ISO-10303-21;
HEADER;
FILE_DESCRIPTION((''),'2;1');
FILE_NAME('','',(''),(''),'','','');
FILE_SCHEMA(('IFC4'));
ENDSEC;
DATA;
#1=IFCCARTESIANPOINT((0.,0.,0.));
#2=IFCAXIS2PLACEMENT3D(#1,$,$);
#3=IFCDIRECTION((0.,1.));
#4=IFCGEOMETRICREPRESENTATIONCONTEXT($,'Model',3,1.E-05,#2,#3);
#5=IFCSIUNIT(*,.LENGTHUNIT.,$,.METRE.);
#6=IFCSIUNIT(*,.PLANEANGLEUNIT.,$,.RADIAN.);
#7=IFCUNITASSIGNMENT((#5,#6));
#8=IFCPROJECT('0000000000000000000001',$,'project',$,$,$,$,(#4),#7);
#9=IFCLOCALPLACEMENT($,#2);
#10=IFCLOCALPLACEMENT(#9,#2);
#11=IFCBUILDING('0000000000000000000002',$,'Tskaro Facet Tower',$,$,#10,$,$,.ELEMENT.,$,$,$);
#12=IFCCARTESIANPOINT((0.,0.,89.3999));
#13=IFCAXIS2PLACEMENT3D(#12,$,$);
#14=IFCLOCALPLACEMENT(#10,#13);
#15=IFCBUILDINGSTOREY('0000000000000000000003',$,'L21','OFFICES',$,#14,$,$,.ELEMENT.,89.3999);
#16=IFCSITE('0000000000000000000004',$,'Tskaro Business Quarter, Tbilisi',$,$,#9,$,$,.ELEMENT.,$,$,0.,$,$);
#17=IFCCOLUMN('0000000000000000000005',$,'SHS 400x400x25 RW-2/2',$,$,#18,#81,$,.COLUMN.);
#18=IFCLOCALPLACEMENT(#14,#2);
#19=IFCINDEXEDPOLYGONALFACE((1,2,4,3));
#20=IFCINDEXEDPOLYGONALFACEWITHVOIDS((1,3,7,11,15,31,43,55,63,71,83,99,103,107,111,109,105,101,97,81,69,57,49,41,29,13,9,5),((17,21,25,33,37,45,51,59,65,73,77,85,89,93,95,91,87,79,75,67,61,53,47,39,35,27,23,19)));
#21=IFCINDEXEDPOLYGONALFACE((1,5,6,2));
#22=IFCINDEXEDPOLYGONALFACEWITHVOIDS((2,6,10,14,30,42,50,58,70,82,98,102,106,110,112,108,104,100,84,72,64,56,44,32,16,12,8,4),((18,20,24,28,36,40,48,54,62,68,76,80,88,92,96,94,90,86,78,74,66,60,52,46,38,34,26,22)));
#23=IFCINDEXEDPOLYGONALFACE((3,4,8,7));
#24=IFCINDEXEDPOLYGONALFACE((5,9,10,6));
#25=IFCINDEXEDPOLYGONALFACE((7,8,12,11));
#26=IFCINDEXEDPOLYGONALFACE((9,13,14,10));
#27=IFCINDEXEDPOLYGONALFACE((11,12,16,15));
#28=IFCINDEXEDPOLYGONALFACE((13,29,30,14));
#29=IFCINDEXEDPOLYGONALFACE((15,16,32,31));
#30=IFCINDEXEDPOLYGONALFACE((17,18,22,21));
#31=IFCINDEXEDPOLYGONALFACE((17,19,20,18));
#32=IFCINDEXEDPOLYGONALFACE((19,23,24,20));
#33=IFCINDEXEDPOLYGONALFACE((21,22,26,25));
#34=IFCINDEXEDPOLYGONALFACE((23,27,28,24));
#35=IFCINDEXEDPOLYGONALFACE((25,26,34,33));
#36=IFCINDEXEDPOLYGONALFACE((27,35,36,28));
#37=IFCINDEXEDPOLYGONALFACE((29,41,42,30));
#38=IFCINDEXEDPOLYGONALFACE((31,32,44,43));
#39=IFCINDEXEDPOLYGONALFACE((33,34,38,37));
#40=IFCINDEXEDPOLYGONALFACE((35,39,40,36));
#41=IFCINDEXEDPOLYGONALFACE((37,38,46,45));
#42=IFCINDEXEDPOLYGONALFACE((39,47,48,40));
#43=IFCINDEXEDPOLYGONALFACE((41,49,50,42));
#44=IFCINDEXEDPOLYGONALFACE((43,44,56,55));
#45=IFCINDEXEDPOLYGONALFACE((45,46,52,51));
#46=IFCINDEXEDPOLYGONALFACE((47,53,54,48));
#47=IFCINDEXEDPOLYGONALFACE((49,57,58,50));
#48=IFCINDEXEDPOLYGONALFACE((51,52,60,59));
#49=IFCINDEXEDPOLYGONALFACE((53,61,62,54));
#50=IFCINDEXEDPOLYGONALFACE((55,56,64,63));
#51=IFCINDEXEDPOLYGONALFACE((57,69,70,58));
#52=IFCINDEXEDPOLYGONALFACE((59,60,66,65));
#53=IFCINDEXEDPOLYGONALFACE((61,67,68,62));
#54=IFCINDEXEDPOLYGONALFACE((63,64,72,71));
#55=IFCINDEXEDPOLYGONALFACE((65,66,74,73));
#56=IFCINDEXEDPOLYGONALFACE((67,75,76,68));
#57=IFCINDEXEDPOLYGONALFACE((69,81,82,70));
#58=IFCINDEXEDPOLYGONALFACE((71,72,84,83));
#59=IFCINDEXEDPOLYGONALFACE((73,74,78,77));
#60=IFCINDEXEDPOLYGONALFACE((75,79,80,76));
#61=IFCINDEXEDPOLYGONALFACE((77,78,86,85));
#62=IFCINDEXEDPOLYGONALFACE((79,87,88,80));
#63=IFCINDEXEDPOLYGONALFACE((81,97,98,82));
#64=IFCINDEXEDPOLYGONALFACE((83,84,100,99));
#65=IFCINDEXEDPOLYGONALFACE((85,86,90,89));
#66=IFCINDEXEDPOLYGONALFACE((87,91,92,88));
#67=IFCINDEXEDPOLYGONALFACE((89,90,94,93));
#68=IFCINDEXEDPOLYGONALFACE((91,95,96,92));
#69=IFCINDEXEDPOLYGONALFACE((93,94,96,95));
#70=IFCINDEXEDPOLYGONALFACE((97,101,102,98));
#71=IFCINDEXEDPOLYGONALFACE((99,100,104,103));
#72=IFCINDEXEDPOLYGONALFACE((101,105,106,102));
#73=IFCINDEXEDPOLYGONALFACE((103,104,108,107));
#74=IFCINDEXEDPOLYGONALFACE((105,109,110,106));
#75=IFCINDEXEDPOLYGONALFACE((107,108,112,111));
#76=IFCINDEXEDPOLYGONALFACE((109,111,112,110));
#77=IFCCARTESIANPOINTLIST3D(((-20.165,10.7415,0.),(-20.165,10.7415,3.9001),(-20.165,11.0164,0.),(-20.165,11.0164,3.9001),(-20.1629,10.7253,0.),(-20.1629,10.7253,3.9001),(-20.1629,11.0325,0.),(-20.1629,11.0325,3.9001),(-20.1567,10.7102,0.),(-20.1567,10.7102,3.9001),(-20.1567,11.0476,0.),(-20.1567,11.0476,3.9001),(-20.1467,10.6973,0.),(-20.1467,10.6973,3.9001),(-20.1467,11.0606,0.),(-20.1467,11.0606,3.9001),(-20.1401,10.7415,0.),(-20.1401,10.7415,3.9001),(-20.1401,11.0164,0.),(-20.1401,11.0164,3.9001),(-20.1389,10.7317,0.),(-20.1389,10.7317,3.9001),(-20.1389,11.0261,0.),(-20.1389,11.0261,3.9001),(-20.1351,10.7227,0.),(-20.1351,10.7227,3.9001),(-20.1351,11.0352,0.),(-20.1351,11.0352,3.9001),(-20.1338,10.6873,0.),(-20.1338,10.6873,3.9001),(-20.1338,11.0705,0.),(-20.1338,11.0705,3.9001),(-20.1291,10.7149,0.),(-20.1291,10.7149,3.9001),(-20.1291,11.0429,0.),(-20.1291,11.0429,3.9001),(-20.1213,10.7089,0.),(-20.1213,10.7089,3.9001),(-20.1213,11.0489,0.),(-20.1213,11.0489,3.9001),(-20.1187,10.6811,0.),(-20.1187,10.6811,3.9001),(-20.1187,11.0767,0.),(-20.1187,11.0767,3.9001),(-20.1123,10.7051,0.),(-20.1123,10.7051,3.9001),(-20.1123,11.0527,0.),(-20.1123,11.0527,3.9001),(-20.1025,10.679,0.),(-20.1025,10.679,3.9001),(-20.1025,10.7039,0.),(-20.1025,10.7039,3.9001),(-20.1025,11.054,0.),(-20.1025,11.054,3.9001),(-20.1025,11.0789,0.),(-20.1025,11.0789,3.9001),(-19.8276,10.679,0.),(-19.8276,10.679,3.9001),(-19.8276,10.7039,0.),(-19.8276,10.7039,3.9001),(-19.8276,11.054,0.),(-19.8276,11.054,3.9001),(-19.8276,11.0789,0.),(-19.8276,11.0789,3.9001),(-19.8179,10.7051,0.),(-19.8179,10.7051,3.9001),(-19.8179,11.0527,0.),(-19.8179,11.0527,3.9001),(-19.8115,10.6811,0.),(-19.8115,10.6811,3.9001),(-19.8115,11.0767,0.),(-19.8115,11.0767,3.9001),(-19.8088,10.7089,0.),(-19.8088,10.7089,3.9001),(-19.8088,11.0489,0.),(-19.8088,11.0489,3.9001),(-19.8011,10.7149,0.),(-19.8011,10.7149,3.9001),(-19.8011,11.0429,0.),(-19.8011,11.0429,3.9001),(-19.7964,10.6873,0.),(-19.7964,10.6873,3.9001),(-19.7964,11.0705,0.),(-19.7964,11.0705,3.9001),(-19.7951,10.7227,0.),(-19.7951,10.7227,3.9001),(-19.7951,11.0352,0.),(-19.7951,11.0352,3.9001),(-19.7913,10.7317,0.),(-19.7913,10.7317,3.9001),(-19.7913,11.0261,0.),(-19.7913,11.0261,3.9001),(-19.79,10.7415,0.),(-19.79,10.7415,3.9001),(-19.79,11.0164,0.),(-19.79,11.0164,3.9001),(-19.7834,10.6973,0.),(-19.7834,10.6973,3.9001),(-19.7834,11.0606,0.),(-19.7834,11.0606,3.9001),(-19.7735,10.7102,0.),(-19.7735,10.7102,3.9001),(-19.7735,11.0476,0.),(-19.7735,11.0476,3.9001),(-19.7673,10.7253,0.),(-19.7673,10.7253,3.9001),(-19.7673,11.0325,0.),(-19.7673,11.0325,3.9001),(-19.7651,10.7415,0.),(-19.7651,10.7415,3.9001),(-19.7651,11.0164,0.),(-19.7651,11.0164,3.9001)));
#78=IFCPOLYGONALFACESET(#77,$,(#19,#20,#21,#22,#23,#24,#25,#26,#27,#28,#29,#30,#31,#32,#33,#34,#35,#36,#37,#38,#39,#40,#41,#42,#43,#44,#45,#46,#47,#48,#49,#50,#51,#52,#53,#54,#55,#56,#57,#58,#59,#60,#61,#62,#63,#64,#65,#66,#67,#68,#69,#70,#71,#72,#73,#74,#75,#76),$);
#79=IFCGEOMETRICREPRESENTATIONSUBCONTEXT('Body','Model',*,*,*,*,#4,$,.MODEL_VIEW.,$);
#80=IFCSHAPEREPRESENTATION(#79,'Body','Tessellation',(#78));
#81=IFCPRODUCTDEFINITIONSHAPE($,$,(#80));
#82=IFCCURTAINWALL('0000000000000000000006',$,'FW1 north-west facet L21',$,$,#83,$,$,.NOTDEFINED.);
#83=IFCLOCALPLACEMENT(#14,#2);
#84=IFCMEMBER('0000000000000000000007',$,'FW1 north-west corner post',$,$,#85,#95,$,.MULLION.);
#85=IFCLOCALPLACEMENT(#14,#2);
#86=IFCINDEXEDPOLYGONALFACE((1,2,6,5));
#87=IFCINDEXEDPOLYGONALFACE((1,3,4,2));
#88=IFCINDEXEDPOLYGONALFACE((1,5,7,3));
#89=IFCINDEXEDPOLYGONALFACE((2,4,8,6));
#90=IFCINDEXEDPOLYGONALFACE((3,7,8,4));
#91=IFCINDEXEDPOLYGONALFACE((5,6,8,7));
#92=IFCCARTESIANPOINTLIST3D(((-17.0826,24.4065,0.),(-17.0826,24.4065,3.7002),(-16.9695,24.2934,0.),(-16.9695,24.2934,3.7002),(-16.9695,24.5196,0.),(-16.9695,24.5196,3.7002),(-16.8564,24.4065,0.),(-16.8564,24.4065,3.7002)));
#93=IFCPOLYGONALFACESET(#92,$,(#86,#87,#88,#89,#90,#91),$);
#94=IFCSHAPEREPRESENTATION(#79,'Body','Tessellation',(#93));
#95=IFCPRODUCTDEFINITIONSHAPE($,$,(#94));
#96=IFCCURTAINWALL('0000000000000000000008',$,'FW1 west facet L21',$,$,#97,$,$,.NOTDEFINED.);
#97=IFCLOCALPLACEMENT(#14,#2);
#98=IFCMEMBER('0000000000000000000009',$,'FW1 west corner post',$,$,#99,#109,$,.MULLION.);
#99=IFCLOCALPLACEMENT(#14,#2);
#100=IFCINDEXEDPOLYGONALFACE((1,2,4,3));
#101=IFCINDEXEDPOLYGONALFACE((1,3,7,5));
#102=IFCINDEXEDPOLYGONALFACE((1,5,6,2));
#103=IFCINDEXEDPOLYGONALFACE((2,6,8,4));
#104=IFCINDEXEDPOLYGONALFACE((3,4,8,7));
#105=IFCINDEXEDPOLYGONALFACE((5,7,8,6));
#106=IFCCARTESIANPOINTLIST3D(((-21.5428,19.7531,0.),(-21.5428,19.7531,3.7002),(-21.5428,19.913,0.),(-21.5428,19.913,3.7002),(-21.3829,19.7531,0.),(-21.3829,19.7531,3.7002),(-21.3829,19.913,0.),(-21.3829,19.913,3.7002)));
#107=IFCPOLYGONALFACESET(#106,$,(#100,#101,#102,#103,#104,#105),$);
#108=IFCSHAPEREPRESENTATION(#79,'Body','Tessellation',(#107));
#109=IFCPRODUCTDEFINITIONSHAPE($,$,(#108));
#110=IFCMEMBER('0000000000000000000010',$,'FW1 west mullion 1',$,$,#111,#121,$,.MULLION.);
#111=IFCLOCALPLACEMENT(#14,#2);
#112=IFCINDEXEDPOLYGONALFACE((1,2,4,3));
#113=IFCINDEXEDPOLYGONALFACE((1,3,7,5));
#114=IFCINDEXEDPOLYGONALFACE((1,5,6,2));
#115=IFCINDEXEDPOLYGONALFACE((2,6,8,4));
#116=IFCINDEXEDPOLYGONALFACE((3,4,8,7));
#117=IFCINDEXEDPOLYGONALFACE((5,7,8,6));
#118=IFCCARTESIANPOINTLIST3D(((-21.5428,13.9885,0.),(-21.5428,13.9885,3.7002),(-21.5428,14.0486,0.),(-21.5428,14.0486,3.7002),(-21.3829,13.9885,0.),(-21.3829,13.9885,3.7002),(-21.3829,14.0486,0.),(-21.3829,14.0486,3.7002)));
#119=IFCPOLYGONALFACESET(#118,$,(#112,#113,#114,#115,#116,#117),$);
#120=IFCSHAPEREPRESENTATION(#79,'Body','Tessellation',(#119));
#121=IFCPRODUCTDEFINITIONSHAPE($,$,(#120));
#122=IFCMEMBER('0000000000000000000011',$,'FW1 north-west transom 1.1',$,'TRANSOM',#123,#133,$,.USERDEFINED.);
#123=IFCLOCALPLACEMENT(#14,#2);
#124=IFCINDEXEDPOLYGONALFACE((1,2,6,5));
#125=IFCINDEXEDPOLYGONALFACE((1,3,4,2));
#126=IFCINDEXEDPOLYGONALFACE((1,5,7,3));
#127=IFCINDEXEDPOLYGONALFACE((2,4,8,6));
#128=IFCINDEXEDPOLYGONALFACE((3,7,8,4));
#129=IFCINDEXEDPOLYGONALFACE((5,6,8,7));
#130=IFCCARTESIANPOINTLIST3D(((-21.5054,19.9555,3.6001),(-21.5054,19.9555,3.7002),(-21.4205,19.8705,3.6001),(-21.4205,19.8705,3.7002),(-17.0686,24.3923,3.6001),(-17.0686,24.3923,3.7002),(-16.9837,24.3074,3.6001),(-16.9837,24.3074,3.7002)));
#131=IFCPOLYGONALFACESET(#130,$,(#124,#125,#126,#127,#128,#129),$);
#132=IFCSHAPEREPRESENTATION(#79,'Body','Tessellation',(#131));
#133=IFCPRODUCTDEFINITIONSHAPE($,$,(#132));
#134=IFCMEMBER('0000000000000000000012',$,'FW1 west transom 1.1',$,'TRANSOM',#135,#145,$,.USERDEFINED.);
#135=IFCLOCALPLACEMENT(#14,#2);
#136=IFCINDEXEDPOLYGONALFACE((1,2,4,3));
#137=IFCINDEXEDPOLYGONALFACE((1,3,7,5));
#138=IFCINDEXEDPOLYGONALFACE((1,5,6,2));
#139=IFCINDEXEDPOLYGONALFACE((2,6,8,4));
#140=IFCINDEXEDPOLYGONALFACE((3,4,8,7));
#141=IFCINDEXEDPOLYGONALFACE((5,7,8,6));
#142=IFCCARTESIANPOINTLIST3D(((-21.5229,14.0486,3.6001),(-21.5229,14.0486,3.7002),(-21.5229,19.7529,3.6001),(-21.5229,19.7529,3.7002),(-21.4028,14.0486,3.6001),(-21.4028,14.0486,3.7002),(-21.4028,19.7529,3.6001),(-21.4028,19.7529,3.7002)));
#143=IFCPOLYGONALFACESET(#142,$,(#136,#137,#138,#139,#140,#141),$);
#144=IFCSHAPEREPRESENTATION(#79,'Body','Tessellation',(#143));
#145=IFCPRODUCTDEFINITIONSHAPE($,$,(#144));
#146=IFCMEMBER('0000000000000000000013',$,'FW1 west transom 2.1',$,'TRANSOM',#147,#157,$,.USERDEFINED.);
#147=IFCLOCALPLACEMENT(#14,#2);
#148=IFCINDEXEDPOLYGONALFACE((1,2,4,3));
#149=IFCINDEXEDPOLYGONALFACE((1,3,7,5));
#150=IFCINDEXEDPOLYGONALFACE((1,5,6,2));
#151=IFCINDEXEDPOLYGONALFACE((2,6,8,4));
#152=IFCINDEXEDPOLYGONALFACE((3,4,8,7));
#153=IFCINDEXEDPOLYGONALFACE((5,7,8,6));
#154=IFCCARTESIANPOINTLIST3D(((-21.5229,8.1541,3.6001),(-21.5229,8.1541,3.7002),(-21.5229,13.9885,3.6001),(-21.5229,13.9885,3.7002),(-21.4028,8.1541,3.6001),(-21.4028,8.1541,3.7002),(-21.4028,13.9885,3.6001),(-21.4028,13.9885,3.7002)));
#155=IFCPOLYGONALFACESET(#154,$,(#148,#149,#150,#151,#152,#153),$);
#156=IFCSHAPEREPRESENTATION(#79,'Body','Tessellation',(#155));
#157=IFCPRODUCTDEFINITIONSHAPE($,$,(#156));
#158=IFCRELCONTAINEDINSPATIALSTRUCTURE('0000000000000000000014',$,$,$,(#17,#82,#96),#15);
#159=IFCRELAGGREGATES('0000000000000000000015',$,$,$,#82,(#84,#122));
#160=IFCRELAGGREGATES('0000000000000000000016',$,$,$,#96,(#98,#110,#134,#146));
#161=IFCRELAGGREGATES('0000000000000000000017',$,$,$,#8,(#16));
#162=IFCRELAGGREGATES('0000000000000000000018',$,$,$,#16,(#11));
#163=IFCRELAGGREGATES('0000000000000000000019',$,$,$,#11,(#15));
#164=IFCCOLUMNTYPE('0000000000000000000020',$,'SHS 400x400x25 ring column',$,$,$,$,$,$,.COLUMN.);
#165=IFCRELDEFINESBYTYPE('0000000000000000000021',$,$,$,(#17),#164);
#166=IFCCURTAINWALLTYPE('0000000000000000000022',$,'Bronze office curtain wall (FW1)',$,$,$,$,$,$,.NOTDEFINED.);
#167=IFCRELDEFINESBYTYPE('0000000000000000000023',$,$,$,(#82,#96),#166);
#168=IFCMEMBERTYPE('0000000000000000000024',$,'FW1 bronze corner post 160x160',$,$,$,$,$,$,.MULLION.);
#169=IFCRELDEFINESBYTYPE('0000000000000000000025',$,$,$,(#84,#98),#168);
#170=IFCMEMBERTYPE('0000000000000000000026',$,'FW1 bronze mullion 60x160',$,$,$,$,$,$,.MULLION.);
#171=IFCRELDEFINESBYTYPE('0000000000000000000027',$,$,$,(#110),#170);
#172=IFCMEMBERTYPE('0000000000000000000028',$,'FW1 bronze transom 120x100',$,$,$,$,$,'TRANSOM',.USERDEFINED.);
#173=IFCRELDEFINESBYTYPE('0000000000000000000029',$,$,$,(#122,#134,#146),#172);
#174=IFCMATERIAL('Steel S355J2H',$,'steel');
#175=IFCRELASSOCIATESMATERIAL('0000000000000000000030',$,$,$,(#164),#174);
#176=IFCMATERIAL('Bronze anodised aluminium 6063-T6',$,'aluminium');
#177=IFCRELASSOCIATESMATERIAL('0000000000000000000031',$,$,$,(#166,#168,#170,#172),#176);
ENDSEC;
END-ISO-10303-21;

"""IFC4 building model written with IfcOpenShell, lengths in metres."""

from ifc_helpers import new_model, si_unit, direction, frame, origin, origin_2d, place, context, subcontext, project, spatial, rectangle, hollow_rectangle, extrude, material, material_profile, profile_set, type_object, element, aggregate, save


model = new_model("IFC4")

# Units and contexts
model_context = context("Model", 3, precision=1e-05, world=origin(), true_north=direction((0.0, 1.0)))
body_context = subcontext(model_context, "Body", "Model", "MODEL_VIEW")
ifc_project = project(units=[si_unit("LENGTHUNIT", "METRE"), si_unit("PLANEANGLEUNIT", "RADIAN")], contexts=[model_context])

# Site, building, storey
site_placement = place(None, origin())
site = spatial("IfcSite", under=ifc_project, at=site_placement, Name="Tskaro Business Quarter, Tbilisi", CompositionType="ELEMENT", RefElevation=0.0)
building_placement = place(site_placement, origin())
building = spatial("IfcBuilding", under=site, at=building_placement, Name="Tskaro Facet Tower", CompositionType="ELEMENT")
storey_placement = place(building_placement, frame((0.0, 0.0, 89.3999)))
storey = spatial("IfcBuildingStorey", under=building, at=storey_placement, Name="L21", Description="OFFICES", CompositionType="ELEMENT", Elevation=89.3999)

# Column
ifc_material_1 = material(Name="Steel S355J2H", Category="steel")
ifc_material_profile_1 = material_profile(ifc_material_1, hollow_rectangle(XDim=0.3999, YDim=0.3999, WallThickness=0.0249, InnerFilletRadius=0.0376, OuterFilletRadius=0.0625, at=origin_2d()), Name="SHS 400x400x25")
ifc_profile_set_1 = profile_set([ifc_material_profile_1], Name="Steel S355J2H")
column_type_1 = type_object("IfcColumnType", Name="SHS 400x400x25 ring column", PredefinedType="COLUMN", material=ifc_profile_set_1)
for number, where, z_axis, x_axis, name in (
    (1, (-19.9651, 10.8789, 0.0), (0.0, 0.0, 1.0), (1.0, 0.0, 0.0), "SHS 400x400x25 RW-2/2"),
):
    element("IfcColumn", number, at=place(storey_placement, frame(where, z_axis=z_axis, x_axis=x_axis)), inside=storey, type_object=column_type_1, Name=name, PredefinedType="COLUMN", context=body_context, shape_type="SweptSolid", body=[
        extrude(hollow_rectangle(XDim=0.3999, YDim=0.3999, WallThickness=0.0249, InnerFilletRadius=0.0376, OuterFilletRadius=0.0625, at=origin_2d()), origin(), (0.0, 0.0, 1.0), 3.9001),
    ])

# Curtain wall, member
ifc_material_2 = material(Name="Bronze anodised aluminium 6063-T6", Category="aluminium")
curtain_wall_type = type_object("IfcCurtainWallType", Name="Bronze office curtain wall (FW1)", PredefinedType="NOTDEFINED", material=ifc_material_2)
curtain_wall_1_placement = place(storey_placement, origin())
curtain_wall_1 = element("IfcCurtainWall", 2, at=curtain_wall_1_placement, inside=storey, type_object=curtain_wall_type, Name="FW1 north-west facet L21", PredefinedType="NOTDEFINED")
ifc_material_profile_2 = material_profile(ifc_material_2, rectangle(XDim=0.1599, YDim=0.1599, at=origin_2d()), Name="Corner post 160x160")
ifc_profile_set_2 = profile_set([ifc_material_profile_2], Name="Bronze anodised aluminium 6063-T6")
member_type_1 = type_object("IfcMemberType", Name="FW1 bronze corner post 160x160", PredefinedType="MULLION", material=ifc_profile_set_2)
member_1_placement = place(storey_placement, frame((-16.9695, 24.4065, 0.0), z_axis=(0.0, 0.0, 1.0), x_axis=(-0.707107, -0.707107, 0.0)))
member_1 = element("IfcMember", 3, at=member_1_placement, type_object=member_type_1, Name="FW1 north-west corner post", PredefinedType="MULLION", context=body_context, shape_type="SweptSolid", body=[
    extrude(rectangle(XDim=0.1599, YDim=0.1599, at=origin_2d()), origin(), (0.0, 0.0, 1.0), 3.7002),
])

# Curtain wall, members
curtain_wall_2_placement = place(storey_placement, origin())
curtain_wall_2 = element("IfcCurtainWall", 4, at=curtain_wall_2_placement, inside=storey, type_object=curtain_wall_type, Name="FW1 west facet L21", PredefinedType="NOTDEFINED")
member_2_placement = place(storey_placement, frame((-21.4629, 19.833, 0.0), z_axis=(0.0, 0.0, 1.0), x_axis=(0.0, -1.0, 0.0)))
member_2 = element("IfcMember", 5, at=member_2_placement, type_object=member_type_1, Name="FW1 west corner post", PredefinedType="MULLION", context=body_context, shape_type="SweptSolid", body=[
    extrude(rectangle(XDim=0.1599, YDim=0.1599, at=origin_2d()), origin(), (0.0, 0.0, 1.0), 3.7002),
])
ifc_material_profile_3 = material_profile(ifc_material_2, rectangle(XDim=0.0601, YDim=0.1599, at=origin_2d()), Name="Mullion 60x160")
ifc_profile_set_3 = profile_set([ifc_material_profile_3], Name="Bronze anodised aluminium 6063-T6")
member_type_2 = type_object("IfcMemberType", Name="FW1 bronze mullion 60x160", PredefinedType="MULLION", material=ifc_profile_set_3)
member_3_placement = place(storey_placement, frame((-21.4629, 14.0186, 0.0), z_axis=(0.0, 0.0, 1.0), x_axis=(0.0, -1.0, 0.0)))
member_3 = element("IfcMember", 6, at=member_3_placement, type_object=member_type_2, Name="FW1 west mullion 1", PredefinedType="MULLION", context=body_context, shape_type="SweptSolid", body=[
    extrude(rectangle(XDim=0.0601, YDim=0.1599, at=origin_2d()), origin(), (0.0, 0.0, 1.0), 3.7002),
])

# Members
ifc_material_profile_4 = material_profile(ifc_material_2, rectangle(XDim=0.1201, YDim=0.1001, at=origin_2d()), Name="Transom 120x100")
ifc_profile_set_4 = profile_set([ifc_material_profile_4], Name="Bronze anodised aluminium 6063-T6")
member_type_3 = type_object("IfcMemberType", Name="FW1 bronze transom 120x100", ElementType="TRANSOM", PredefinedType="USERDEFINED", material=ifc_profile_set_4)
member_4_placement = place(storey_placement, frame((-17.0261, 24.3499, 3.6501), z_axis=(-0.707107, -0.707107, 0.0), x_axis=(0.707107, -0.707107, 0.0)))
member_4 = element("IfcMember", 7, at=member_4_placement, type_object=member_type_3, Name="FW1 north-west transom 1.1", ObjectType="TRANSOM", PredefinedType="USERDEFINED", context=body_context, shape_type="SweptSolid", body=[
    extrude(rectangle(XDim=0.1201, YDim=0.1001, at=origin_2d()), origin(), (0.0, 0.0, 1.0), 6.2747),
])
member_5_placement = place(storey_placement, frame((-21.4629, 19.7529, 3.6501), z_axis=(0.0, -1.0, 0.0), x_axis=(1.0, 0.0, 0.0)))
member_5 = element("IfcMember", 8, at=member_5_placement, type_object=member_type_3, Name="FW1 west transom 1.1", ObjectType="TRANSOM", PredefinedType="USERDEFINED", context=body_context, shape_type="SweptSolid", body=[
    extrude(rectangle(XDim=0.1201, YDim=0.1001, at=origin_2d()), origin(), (0.0, 0.0, 1.0), 5.7043),
])
member_6_placement = place(storey_placement, frame((-21.4629, 13.9885, 3.6501), z_axis=(0.0, -1.0, 0.0), x_axis=(1.0, 0.0, 0.0)))
member_6 = element("IfcMember", 9, at=member_6_placement, type_object=member_type_3, Name="FW1 west transom 2.1", ObjectType="TRANSOM", PredefinedType="USERDEFINED", context=body_context, shape_type="SweptSolid", body=[
    extrude(rectangle(XDim=0.1201, YDim=0.1001, at=origin_2d()), origin(), (0.0, 0.0, 1.0), 5.8345),
])

aggregate(curtain_wall_1, [member_1, member_4])
aggregate(curtain_wall_2, [member_2, member_3, member_5, member_6])

save(model, "model.ifc")
